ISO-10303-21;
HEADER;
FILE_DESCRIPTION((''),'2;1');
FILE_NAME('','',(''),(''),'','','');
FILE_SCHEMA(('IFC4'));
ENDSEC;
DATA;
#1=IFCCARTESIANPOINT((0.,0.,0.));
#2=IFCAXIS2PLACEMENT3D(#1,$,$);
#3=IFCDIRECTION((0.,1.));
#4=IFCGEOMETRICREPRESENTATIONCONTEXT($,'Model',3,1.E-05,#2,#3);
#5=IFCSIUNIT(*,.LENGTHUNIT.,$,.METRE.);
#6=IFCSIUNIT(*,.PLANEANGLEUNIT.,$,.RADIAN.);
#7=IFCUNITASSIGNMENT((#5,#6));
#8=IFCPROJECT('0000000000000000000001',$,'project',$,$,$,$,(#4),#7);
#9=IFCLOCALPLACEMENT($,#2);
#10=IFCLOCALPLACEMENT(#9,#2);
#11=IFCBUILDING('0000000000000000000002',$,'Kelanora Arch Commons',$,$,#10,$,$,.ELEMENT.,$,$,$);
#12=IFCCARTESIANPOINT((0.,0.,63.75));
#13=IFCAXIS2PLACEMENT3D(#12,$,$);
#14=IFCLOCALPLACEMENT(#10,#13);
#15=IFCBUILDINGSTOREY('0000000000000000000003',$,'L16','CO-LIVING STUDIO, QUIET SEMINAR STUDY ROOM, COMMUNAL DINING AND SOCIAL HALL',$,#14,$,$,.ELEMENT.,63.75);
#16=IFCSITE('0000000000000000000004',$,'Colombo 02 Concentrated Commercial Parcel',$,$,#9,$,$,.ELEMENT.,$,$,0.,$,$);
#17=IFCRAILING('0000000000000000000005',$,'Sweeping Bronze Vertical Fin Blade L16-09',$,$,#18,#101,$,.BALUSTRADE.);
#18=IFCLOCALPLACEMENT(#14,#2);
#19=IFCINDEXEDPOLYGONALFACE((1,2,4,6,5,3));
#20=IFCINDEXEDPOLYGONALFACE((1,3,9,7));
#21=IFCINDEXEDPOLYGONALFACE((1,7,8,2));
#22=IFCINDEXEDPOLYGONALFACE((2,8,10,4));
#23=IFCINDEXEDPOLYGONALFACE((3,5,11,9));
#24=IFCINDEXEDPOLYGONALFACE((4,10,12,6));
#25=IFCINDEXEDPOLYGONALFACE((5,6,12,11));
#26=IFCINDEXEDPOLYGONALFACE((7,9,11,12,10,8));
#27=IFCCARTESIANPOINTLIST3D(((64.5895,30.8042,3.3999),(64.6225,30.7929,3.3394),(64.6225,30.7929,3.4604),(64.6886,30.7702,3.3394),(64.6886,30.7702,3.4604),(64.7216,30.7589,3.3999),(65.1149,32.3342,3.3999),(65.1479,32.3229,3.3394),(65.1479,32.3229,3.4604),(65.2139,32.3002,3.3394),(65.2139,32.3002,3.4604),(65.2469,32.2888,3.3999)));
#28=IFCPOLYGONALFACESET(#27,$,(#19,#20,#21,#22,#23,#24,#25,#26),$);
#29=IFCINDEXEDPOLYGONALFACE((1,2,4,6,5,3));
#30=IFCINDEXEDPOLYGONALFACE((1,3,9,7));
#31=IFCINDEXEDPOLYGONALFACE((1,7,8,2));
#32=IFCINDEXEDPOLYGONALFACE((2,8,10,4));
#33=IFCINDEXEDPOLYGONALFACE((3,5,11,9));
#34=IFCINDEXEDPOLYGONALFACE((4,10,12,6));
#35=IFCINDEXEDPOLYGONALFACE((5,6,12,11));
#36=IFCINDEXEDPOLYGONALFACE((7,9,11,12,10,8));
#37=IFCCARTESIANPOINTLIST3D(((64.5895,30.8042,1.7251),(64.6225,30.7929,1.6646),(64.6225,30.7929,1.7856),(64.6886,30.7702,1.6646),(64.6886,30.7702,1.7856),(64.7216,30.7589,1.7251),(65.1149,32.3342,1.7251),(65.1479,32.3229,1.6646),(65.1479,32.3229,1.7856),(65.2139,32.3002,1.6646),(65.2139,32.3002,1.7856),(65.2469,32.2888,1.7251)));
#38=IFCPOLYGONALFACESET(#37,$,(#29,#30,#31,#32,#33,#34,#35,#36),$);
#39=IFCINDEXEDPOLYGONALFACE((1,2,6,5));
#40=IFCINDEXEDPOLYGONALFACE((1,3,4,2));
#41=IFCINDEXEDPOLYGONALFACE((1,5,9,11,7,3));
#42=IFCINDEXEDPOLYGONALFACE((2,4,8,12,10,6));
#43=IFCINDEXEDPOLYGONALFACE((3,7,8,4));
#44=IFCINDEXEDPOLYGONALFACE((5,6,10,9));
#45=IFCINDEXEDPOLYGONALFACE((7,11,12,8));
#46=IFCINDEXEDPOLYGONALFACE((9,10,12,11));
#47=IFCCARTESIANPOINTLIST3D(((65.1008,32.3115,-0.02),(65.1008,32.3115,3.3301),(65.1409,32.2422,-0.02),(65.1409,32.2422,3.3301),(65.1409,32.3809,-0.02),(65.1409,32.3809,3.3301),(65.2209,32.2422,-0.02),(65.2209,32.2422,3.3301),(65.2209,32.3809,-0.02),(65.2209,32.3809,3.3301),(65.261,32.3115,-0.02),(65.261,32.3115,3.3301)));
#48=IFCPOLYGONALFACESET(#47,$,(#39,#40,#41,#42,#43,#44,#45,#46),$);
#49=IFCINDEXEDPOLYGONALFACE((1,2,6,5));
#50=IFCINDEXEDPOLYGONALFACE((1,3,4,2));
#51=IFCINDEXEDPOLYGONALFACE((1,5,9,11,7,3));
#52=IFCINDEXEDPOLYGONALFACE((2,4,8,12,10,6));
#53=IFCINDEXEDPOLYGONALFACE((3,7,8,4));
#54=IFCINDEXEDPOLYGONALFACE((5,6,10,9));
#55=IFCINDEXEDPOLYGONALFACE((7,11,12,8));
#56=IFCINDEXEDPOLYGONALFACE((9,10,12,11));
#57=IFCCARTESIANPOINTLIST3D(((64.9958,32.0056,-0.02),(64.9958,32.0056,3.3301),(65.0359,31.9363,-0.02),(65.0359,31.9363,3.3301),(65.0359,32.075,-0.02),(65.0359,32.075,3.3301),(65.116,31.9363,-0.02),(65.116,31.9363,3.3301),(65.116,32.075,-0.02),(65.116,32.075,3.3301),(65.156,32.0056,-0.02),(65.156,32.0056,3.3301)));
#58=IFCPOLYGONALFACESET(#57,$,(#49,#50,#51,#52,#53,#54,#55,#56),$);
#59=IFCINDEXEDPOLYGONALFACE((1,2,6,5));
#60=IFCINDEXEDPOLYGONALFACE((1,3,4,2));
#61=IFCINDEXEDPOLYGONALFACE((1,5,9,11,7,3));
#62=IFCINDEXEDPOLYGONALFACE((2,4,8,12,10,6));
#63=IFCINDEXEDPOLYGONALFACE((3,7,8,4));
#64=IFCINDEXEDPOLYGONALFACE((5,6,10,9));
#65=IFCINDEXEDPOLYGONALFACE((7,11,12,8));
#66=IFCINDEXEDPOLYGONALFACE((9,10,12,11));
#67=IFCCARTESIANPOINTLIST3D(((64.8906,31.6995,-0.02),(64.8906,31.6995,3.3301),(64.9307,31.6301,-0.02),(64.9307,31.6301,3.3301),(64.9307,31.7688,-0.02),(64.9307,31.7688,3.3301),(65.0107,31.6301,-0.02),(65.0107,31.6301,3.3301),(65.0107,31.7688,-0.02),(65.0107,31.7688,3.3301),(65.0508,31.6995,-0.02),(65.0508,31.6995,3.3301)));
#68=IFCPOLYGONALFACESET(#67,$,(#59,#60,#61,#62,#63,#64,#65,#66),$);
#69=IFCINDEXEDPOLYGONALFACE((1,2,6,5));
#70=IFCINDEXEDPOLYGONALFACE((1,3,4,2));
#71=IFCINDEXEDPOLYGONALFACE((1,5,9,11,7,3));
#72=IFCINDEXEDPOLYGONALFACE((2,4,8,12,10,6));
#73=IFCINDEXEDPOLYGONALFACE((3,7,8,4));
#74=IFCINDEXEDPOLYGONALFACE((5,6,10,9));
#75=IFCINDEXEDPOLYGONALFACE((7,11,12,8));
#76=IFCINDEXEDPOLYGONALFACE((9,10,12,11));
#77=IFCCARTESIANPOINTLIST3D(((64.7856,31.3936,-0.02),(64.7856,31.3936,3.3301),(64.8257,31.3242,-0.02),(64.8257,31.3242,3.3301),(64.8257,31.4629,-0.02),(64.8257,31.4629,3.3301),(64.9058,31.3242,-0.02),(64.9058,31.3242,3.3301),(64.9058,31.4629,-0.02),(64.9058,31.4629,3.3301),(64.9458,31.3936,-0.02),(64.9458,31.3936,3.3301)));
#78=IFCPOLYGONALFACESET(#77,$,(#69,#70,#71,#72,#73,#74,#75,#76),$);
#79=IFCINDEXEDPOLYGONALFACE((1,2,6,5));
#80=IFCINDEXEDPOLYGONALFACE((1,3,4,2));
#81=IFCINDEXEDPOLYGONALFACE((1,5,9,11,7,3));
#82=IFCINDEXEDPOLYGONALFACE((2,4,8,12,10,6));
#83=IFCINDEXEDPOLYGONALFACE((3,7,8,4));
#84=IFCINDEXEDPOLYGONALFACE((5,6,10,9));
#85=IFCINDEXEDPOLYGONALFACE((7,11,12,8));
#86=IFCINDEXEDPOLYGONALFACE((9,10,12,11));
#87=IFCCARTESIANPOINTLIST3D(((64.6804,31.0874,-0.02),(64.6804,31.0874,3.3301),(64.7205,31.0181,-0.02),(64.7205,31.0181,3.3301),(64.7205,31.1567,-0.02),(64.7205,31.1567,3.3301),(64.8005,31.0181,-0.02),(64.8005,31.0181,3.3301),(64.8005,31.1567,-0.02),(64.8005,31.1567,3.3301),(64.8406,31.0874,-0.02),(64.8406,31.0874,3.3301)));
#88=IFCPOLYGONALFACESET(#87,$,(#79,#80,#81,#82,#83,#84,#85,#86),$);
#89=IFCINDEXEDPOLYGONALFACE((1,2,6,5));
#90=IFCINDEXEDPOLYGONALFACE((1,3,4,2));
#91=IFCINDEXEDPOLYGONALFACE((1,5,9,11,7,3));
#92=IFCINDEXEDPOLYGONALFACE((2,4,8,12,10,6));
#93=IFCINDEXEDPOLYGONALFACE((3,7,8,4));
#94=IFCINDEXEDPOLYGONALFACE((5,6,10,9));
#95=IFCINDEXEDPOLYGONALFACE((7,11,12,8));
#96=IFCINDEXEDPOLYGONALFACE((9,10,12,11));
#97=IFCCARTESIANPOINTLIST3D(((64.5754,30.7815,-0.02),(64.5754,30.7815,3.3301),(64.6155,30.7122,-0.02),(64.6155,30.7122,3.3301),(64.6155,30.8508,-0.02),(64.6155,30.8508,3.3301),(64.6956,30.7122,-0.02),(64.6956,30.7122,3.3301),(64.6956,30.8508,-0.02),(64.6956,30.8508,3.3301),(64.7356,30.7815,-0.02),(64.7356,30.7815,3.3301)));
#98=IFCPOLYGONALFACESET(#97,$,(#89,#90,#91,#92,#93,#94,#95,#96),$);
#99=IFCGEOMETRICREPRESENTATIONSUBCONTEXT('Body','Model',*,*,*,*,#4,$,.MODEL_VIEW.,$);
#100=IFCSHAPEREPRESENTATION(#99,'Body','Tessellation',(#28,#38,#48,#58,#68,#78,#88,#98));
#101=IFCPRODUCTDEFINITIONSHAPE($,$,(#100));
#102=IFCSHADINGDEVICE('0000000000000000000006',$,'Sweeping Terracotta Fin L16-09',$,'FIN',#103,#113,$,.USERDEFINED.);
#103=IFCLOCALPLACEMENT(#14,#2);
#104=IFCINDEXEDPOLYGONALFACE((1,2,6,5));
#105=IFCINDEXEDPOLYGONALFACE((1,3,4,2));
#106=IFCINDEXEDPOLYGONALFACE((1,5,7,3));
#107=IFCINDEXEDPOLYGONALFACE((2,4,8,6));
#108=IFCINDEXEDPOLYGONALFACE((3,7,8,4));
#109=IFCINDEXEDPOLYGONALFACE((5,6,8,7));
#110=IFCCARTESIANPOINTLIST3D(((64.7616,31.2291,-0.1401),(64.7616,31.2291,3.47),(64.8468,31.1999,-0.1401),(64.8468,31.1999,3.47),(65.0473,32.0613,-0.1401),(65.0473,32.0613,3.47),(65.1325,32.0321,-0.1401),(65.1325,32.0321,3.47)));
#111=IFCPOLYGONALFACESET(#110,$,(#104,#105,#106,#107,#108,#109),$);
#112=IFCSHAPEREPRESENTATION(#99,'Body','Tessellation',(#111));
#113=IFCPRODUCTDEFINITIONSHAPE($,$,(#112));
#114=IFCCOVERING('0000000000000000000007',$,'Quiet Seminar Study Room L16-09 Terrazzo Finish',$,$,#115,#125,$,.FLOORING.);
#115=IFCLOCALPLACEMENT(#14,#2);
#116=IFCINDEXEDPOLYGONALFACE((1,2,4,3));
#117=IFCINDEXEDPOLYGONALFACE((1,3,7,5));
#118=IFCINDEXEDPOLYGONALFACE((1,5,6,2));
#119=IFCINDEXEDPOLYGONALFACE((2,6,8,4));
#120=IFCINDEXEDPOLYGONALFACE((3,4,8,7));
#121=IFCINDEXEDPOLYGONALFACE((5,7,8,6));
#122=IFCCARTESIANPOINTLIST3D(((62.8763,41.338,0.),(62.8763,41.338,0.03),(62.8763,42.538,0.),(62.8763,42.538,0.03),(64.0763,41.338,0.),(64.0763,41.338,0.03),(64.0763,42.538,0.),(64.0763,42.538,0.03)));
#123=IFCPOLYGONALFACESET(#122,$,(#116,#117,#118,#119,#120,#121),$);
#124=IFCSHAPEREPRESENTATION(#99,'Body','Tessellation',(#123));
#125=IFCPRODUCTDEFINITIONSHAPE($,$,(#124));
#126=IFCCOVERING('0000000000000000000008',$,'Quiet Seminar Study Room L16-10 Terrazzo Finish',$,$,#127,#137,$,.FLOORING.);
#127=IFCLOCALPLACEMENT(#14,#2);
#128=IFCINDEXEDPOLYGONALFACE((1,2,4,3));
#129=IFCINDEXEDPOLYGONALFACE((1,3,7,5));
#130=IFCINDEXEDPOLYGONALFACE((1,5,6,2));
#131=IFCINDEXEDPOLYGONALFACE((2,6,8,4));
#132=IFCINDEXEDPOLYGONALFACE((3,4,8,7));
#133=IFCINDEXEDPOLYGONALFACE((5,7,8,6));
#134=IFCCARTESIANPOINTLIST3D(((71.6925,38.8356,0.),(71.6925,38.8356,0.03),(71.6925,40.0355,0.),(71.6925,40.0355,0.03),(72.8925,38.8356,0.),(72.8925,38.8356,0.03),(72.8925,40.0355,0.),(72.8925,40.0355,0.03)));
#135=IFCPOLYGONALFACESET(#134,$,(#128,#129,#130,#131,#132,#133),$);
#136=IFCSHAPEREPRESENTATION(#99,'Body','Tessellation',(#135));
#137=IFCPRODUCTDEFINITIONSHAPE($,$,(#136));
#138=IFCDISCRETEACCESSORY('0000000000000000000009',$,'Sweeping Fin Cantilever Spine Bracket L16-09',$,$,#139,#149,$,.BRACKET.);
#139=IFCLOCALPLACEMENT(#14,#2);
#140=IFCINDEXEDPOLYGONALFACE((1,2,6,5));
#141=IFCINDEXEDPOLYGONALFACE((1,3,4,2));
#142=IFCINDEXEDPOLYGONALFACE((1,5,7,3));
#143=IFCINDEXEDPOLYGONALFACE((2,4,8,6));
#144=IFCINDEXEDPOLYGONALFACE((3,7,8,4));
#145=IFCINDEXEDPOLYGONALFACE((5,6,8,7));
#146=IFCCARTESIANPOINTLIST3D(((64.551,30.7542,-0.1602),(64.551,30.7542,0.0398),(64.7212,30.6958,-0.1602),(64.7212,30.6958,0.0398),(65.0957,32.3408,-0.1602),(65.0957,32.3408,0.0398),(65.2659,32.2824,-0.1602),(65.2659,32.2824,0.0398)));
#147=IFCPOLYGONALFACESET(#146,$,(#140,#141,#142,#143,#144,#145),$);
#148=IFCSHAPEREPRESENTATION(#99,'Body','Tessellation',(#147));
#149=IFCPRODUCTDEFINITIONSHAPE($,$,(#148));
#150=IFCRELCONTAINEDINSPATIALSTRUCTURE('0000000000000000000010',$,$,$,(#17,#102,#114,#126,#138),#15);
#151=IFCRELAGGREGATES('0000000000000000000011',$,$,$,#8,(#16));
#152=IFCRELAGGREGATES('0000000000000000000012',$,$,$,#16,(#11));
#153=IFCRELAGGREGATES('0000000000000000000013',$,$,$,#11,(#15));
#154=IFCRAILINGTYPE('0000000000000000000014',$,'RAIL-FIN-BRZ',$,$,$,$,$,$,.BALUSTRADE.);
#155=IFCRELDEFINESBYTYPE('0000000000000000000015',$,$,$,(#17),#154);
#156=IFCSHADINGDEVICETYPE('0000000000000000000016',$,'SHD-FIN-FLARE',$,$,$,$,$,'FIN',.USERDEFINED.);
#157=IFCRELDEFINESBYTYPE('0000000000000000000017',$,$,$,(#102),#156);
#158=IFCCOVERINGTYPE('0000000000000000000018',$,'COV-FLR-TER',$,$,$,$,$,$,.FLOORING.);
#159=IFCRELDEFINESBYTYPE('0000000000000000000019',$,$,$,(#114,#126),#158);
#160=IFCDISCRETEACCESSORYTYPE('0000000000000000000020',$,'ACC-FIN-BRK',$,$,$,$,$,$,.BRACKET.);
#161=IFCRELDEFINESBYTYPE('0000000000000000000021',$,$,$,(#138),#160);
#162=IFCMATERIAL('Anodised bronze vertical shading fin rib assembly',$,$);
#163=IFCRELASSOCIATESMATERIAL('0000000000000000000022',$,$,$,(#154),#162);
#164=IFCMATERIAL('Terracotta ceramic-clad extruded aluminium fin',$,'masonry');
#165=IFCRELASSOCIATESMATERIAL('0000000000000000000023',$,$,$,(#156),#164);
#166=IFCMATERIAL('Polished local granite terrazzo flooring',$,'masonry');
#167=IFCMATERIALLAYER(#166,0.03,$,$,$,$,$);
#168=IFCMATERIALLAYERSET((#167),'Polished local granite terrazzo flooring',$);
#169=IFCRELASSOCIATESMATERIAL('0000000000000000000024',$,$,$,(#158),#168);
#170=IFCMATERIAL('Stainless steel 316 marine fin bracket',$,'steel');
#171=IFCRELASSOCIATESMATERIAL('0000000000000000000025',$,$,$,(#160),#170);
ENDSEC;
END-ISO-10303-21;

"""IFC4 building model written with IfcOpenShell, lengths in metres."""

from ifc_helpers import new_model, si_unit, direction, frame, origin, origin_2d, place, context, subcontext, project, spatial, polyline, rectangle, outline, extrude, source, transform, mapped, material, layer, layer_set, type_object, element, save


model = new_model("IFC4")

# Units and contexts
model_context = context("Model", 3, precision=1e-05, world=origin(), true_north=direction((0.0, 1.0)))
body_context = subcontext(model_context, "Body", "Model", "MODEL_VIEW")
ifc_project = project(units=[si_unit("LENGTHUNIT", "METRE"), si_unit("PLANEANGLEUNIT", "RADIAN")], contexts=[model_context])

# Site, building, storey
site_placement = place(None, origin())
site = spatial("IfcSite", under=ifc_project, at=site_placement, Name="Colombo 02 Concentrated Commercial Parcel", CompositionType="ELEMENT", RefElevation=0.0)
building_placement = place(site_placement, origin())
building = spatial("IfcBuilding", under=site, at=building_placement, Name="Kelanora Arch Commons", CompositionType="ELEMENT")
storey_placement = place(building_placement, frame((0.0, 0.0, 63.75)))
storey = spatial("IfcBuildingStorey", under=building, at=storey_placement, Name="L16", Description="CO-LIVING STUDIO, QUIET SEMINAR STUDY ROOM, COMMUNAL DINING AND SOCIAL HALL", CompositionType="ELEMENT", Elevation=63.75)

# Railing
ifc_material_1 = material(Name="Anodised bronze vertical shading fin rib assembly")
railing_type = type_object("IfcRailingType", Name="RAIL-FIN-BRZ", PredefinedType="BALUSTRADE", material=ifc_material_1)
railing_placement = place(storey_placement, frame((65.1809, 32.3115, -0.02)))
element("IfcRailing", 1, at=railing_placement, inside=storey, type_object=railing_type, Name="Sweeping Bronze Vertical Fin Blade L16-09", PredefinedType="BALUSTRADE", context=body_context, shape_type="SweptSolid", body=[
    extrude(outline(polyline([(0.0698, 0.0), (0.0349, 0.0605), (-0.0349, 0.0605), (-0.0698, 0.0), (-0.0349, -0.0605), (0.0349, -0.0605), (0.0698, 0.0)])), frame((0.0, 0.0, 3.4199), z_axis=(-0.324772, -0.945792, 0.0), x_axis=(0.945792, -0.324772, 0.0)), (0.0, 0.0, 1.0), 1.6177),
    extrude(outline(polyline([(0.0698, 0.0), (0.0349, 0.0605), (-0.0349, 0.0605), (-0.0698, 0.0), (-0.0349, -0.0605), (0.0349, -0.0605), (0.0698, 0.0)])), frame((0.0, 0.0, 1.7451), z_axis=(-0.324772, -0.945792, 0.0), x_axis=(0.945792, -0.324772, 0.0)), (0.0, 0.0, 1.0), 1.6177),
    extrude(outline(polyline([(0.0801, 0.0), (0.04, 0.0693), (-0.04, 0.0693), (-0.0801, 0.0), (-0.04, -0.0693), (0.04, -0.0693), (0.0801, 0.0)])), origin(), (0.0, 0.0, 1.0), 3.3501),
    extrude(outline(polyline([(0.0801, 0.0), (0.04, 0.0693), (-0.04, 0.0693), (-0.0801, 0.0), (-0.04, -0.0693), (0.04, -0.0693), (0.0801, 0.0)])), frame((-0.105, -0.3059, 0.0)), (0.0, 0.0, 1.0), 3.3501),
    extrude(outline(polyline([(0.0801, 0.0), (0.04, 0.0693), (-0.04, 0.0693), (-0.0801, 0.0), (-0.04, -0.0693), (0.04, -0.0693), (0.0801, 0.0)])), frame((-0.2102, -0.6121, 0.0)), (0.0, 0.0, 1.0), 3.3501),
    extrude(outline(polyline([(0.0801, 0.0), (0.04, 0.0693), (-0.04, 0.0693), (-0.0801, 0.0), (-0.04, -0.0693), (0.04, -0.0693), (0.0801, 0.0)])), frame((-0.3152, -0.918, 0.0)), (0.0, 0.0, 1.0), 3.3501),
    extrude(outline(polyline([(0.0801, 0.0), (0.04, 0.0693), (-0.04, 0.0693), (-0.0801, 0.0), (-0.04, -0.0693), (0.04, -0.0693), (0.0801, 0.0)])), frame((-0.4204, -1.2241, 0.0)), (0.0, 0.0, 1.0), 3.3501),
    extrude(outline(polyline([(0.0801, 0.0), (0.04, 0.0693), (-0.04, 0.0693), (-0.0801, 0.0), (-0.04, -0.0693), (0.04, -0.0693), (0.0801, 0.0)])), frame((-0.5254, -1.53, 0.0)), (0.0, 0.0, 1.0), 3.3501),
])

# Shading device
ifc_material_2 = material(Name="Terracotta ceramic-clad extruded aluminium fin", Category="masonry")
shading_device_type = type_object("IfcShadingDeviceType", Name="SHD-FIN-FLARE", ElementType="FIN", PredefinedType="USERDEFINED", material=ifc_material_2)
shared_shape_1 = source(origin(), body_context, "Body", "SweptSolid", [
    extrude(rectangle(XDim=0.8799, YDim=0.0901, at=origin_2d()), origin(), (0.0, 0.0, 1.0), 3.6101),
])
shading_device_placement = place(storey_placement, frame((64.947, 31.6306, -0.1401), z_axis=(0.0, 0.0, 1.0), x_axis=(-0.324743, -0.945802, 0.0)))
element("IfcShadingDevice", 2, at=shading_device_placement, inside=storey, type_object=shading_device_type, Name="Sweeping Terracotta Fin L16-09", ObjectType="FIN", PredefinedType="USERDEFINED", context=body_context, shape_type="MappedRepresentation", body=[
    mapped(shared_shape_1, transform((0.0, 0.0, 0.0), scale=1.0)),
])

# Coverings
ifc_material_3 = material(Name="Polished local granite terrazzo flooring", Category="masonry")
ifc_layer_1 = layer(ifc_material_3, 0.03)
ifc_layer_set_1 = layer_set([ifc_layer_1], Name="Polished local granite terrazzo flooring")
covering_type = type_object("IfcCoveringType", Name="COV-FLR-TER", PredefinedType="FLOORING", material=ifc_layer_set_1)
shared_shape_2 = source(origin(), body_context, "Body", "SweptSolid", [
    extrude(rectangle(XDim=1.2, YDim=1.2, at=origin_2d()), origin(), (0.0, 0.0, 1.0), 0.03),
])
for number, where, z_axis, x_axis, name in (
    (3, (63.4763, 41.938, 0.0), (0.0, 0.0, 1.0), (1.0, 0.0, 0.0), "Quiet Seminar Study Room L16-09 Terrazzo Finish"),
    (4, (72.2925, 39.4355, 0.0), (0.0, 0.0, 1.0), (1.0, 0.0, 0.0), "Quiet Seminar Study Room L16-10 Terrazzo Finish"),
):
    element("IfcCovering", number, at=place(storey_placement, frame(where, z_axis=z_axis, x_axis=x_axis)), inside=storey, type_object=covering_type, Name=name, PredefinedType="FLOORING", context=body_context, shape_type="MappedRepresentation", body=[
        mapped(shared_shape_2, transform((0.0, 0.0, 0.0), scale=1.0)),
    ])

# Discrete accessory
ifc_material_4 = material(Name="Stainless steel 316 marine fin bracket", Category="steel")
discrete_accessory_type = type_object("IfcDiscreteAccessoryType", Name="ACC-FIN-BRK", PredefinedType="BRACKET", material=ifc_material_4)
shared_shape_3 = source(origin(), body_context, "Body", "SweptSolid", [
    extrude(rectangle(XDim=1.6775, YDim=0.1799, at=origin_2d()), origin(), (0.0, 0.0, 1.0), 0.2),
])
discrete_accessory_placement = place(storey_placement, frame((64.9084, 31.5183, -0.1602), z_axis=(0.0, 0.0, 1.0), x_axis=(-0.324743, -0.945802, 0.0)))
element("IfcDiscreteAccessory", 5, at=discrete_accessory_placement, inside=storey, type_object=discrete_accessory_type, Name="Sweeping Fin Cantilever Spine Bracket L16-09", PredefinedType="BRACKET", context=body_context, shape_type="MappedRepresentation", body=[
    mapped(shared_shape_3, transform((0.0, 0.0, 0.0), scale=1.0)),
])

save(model, "model.ifc")
